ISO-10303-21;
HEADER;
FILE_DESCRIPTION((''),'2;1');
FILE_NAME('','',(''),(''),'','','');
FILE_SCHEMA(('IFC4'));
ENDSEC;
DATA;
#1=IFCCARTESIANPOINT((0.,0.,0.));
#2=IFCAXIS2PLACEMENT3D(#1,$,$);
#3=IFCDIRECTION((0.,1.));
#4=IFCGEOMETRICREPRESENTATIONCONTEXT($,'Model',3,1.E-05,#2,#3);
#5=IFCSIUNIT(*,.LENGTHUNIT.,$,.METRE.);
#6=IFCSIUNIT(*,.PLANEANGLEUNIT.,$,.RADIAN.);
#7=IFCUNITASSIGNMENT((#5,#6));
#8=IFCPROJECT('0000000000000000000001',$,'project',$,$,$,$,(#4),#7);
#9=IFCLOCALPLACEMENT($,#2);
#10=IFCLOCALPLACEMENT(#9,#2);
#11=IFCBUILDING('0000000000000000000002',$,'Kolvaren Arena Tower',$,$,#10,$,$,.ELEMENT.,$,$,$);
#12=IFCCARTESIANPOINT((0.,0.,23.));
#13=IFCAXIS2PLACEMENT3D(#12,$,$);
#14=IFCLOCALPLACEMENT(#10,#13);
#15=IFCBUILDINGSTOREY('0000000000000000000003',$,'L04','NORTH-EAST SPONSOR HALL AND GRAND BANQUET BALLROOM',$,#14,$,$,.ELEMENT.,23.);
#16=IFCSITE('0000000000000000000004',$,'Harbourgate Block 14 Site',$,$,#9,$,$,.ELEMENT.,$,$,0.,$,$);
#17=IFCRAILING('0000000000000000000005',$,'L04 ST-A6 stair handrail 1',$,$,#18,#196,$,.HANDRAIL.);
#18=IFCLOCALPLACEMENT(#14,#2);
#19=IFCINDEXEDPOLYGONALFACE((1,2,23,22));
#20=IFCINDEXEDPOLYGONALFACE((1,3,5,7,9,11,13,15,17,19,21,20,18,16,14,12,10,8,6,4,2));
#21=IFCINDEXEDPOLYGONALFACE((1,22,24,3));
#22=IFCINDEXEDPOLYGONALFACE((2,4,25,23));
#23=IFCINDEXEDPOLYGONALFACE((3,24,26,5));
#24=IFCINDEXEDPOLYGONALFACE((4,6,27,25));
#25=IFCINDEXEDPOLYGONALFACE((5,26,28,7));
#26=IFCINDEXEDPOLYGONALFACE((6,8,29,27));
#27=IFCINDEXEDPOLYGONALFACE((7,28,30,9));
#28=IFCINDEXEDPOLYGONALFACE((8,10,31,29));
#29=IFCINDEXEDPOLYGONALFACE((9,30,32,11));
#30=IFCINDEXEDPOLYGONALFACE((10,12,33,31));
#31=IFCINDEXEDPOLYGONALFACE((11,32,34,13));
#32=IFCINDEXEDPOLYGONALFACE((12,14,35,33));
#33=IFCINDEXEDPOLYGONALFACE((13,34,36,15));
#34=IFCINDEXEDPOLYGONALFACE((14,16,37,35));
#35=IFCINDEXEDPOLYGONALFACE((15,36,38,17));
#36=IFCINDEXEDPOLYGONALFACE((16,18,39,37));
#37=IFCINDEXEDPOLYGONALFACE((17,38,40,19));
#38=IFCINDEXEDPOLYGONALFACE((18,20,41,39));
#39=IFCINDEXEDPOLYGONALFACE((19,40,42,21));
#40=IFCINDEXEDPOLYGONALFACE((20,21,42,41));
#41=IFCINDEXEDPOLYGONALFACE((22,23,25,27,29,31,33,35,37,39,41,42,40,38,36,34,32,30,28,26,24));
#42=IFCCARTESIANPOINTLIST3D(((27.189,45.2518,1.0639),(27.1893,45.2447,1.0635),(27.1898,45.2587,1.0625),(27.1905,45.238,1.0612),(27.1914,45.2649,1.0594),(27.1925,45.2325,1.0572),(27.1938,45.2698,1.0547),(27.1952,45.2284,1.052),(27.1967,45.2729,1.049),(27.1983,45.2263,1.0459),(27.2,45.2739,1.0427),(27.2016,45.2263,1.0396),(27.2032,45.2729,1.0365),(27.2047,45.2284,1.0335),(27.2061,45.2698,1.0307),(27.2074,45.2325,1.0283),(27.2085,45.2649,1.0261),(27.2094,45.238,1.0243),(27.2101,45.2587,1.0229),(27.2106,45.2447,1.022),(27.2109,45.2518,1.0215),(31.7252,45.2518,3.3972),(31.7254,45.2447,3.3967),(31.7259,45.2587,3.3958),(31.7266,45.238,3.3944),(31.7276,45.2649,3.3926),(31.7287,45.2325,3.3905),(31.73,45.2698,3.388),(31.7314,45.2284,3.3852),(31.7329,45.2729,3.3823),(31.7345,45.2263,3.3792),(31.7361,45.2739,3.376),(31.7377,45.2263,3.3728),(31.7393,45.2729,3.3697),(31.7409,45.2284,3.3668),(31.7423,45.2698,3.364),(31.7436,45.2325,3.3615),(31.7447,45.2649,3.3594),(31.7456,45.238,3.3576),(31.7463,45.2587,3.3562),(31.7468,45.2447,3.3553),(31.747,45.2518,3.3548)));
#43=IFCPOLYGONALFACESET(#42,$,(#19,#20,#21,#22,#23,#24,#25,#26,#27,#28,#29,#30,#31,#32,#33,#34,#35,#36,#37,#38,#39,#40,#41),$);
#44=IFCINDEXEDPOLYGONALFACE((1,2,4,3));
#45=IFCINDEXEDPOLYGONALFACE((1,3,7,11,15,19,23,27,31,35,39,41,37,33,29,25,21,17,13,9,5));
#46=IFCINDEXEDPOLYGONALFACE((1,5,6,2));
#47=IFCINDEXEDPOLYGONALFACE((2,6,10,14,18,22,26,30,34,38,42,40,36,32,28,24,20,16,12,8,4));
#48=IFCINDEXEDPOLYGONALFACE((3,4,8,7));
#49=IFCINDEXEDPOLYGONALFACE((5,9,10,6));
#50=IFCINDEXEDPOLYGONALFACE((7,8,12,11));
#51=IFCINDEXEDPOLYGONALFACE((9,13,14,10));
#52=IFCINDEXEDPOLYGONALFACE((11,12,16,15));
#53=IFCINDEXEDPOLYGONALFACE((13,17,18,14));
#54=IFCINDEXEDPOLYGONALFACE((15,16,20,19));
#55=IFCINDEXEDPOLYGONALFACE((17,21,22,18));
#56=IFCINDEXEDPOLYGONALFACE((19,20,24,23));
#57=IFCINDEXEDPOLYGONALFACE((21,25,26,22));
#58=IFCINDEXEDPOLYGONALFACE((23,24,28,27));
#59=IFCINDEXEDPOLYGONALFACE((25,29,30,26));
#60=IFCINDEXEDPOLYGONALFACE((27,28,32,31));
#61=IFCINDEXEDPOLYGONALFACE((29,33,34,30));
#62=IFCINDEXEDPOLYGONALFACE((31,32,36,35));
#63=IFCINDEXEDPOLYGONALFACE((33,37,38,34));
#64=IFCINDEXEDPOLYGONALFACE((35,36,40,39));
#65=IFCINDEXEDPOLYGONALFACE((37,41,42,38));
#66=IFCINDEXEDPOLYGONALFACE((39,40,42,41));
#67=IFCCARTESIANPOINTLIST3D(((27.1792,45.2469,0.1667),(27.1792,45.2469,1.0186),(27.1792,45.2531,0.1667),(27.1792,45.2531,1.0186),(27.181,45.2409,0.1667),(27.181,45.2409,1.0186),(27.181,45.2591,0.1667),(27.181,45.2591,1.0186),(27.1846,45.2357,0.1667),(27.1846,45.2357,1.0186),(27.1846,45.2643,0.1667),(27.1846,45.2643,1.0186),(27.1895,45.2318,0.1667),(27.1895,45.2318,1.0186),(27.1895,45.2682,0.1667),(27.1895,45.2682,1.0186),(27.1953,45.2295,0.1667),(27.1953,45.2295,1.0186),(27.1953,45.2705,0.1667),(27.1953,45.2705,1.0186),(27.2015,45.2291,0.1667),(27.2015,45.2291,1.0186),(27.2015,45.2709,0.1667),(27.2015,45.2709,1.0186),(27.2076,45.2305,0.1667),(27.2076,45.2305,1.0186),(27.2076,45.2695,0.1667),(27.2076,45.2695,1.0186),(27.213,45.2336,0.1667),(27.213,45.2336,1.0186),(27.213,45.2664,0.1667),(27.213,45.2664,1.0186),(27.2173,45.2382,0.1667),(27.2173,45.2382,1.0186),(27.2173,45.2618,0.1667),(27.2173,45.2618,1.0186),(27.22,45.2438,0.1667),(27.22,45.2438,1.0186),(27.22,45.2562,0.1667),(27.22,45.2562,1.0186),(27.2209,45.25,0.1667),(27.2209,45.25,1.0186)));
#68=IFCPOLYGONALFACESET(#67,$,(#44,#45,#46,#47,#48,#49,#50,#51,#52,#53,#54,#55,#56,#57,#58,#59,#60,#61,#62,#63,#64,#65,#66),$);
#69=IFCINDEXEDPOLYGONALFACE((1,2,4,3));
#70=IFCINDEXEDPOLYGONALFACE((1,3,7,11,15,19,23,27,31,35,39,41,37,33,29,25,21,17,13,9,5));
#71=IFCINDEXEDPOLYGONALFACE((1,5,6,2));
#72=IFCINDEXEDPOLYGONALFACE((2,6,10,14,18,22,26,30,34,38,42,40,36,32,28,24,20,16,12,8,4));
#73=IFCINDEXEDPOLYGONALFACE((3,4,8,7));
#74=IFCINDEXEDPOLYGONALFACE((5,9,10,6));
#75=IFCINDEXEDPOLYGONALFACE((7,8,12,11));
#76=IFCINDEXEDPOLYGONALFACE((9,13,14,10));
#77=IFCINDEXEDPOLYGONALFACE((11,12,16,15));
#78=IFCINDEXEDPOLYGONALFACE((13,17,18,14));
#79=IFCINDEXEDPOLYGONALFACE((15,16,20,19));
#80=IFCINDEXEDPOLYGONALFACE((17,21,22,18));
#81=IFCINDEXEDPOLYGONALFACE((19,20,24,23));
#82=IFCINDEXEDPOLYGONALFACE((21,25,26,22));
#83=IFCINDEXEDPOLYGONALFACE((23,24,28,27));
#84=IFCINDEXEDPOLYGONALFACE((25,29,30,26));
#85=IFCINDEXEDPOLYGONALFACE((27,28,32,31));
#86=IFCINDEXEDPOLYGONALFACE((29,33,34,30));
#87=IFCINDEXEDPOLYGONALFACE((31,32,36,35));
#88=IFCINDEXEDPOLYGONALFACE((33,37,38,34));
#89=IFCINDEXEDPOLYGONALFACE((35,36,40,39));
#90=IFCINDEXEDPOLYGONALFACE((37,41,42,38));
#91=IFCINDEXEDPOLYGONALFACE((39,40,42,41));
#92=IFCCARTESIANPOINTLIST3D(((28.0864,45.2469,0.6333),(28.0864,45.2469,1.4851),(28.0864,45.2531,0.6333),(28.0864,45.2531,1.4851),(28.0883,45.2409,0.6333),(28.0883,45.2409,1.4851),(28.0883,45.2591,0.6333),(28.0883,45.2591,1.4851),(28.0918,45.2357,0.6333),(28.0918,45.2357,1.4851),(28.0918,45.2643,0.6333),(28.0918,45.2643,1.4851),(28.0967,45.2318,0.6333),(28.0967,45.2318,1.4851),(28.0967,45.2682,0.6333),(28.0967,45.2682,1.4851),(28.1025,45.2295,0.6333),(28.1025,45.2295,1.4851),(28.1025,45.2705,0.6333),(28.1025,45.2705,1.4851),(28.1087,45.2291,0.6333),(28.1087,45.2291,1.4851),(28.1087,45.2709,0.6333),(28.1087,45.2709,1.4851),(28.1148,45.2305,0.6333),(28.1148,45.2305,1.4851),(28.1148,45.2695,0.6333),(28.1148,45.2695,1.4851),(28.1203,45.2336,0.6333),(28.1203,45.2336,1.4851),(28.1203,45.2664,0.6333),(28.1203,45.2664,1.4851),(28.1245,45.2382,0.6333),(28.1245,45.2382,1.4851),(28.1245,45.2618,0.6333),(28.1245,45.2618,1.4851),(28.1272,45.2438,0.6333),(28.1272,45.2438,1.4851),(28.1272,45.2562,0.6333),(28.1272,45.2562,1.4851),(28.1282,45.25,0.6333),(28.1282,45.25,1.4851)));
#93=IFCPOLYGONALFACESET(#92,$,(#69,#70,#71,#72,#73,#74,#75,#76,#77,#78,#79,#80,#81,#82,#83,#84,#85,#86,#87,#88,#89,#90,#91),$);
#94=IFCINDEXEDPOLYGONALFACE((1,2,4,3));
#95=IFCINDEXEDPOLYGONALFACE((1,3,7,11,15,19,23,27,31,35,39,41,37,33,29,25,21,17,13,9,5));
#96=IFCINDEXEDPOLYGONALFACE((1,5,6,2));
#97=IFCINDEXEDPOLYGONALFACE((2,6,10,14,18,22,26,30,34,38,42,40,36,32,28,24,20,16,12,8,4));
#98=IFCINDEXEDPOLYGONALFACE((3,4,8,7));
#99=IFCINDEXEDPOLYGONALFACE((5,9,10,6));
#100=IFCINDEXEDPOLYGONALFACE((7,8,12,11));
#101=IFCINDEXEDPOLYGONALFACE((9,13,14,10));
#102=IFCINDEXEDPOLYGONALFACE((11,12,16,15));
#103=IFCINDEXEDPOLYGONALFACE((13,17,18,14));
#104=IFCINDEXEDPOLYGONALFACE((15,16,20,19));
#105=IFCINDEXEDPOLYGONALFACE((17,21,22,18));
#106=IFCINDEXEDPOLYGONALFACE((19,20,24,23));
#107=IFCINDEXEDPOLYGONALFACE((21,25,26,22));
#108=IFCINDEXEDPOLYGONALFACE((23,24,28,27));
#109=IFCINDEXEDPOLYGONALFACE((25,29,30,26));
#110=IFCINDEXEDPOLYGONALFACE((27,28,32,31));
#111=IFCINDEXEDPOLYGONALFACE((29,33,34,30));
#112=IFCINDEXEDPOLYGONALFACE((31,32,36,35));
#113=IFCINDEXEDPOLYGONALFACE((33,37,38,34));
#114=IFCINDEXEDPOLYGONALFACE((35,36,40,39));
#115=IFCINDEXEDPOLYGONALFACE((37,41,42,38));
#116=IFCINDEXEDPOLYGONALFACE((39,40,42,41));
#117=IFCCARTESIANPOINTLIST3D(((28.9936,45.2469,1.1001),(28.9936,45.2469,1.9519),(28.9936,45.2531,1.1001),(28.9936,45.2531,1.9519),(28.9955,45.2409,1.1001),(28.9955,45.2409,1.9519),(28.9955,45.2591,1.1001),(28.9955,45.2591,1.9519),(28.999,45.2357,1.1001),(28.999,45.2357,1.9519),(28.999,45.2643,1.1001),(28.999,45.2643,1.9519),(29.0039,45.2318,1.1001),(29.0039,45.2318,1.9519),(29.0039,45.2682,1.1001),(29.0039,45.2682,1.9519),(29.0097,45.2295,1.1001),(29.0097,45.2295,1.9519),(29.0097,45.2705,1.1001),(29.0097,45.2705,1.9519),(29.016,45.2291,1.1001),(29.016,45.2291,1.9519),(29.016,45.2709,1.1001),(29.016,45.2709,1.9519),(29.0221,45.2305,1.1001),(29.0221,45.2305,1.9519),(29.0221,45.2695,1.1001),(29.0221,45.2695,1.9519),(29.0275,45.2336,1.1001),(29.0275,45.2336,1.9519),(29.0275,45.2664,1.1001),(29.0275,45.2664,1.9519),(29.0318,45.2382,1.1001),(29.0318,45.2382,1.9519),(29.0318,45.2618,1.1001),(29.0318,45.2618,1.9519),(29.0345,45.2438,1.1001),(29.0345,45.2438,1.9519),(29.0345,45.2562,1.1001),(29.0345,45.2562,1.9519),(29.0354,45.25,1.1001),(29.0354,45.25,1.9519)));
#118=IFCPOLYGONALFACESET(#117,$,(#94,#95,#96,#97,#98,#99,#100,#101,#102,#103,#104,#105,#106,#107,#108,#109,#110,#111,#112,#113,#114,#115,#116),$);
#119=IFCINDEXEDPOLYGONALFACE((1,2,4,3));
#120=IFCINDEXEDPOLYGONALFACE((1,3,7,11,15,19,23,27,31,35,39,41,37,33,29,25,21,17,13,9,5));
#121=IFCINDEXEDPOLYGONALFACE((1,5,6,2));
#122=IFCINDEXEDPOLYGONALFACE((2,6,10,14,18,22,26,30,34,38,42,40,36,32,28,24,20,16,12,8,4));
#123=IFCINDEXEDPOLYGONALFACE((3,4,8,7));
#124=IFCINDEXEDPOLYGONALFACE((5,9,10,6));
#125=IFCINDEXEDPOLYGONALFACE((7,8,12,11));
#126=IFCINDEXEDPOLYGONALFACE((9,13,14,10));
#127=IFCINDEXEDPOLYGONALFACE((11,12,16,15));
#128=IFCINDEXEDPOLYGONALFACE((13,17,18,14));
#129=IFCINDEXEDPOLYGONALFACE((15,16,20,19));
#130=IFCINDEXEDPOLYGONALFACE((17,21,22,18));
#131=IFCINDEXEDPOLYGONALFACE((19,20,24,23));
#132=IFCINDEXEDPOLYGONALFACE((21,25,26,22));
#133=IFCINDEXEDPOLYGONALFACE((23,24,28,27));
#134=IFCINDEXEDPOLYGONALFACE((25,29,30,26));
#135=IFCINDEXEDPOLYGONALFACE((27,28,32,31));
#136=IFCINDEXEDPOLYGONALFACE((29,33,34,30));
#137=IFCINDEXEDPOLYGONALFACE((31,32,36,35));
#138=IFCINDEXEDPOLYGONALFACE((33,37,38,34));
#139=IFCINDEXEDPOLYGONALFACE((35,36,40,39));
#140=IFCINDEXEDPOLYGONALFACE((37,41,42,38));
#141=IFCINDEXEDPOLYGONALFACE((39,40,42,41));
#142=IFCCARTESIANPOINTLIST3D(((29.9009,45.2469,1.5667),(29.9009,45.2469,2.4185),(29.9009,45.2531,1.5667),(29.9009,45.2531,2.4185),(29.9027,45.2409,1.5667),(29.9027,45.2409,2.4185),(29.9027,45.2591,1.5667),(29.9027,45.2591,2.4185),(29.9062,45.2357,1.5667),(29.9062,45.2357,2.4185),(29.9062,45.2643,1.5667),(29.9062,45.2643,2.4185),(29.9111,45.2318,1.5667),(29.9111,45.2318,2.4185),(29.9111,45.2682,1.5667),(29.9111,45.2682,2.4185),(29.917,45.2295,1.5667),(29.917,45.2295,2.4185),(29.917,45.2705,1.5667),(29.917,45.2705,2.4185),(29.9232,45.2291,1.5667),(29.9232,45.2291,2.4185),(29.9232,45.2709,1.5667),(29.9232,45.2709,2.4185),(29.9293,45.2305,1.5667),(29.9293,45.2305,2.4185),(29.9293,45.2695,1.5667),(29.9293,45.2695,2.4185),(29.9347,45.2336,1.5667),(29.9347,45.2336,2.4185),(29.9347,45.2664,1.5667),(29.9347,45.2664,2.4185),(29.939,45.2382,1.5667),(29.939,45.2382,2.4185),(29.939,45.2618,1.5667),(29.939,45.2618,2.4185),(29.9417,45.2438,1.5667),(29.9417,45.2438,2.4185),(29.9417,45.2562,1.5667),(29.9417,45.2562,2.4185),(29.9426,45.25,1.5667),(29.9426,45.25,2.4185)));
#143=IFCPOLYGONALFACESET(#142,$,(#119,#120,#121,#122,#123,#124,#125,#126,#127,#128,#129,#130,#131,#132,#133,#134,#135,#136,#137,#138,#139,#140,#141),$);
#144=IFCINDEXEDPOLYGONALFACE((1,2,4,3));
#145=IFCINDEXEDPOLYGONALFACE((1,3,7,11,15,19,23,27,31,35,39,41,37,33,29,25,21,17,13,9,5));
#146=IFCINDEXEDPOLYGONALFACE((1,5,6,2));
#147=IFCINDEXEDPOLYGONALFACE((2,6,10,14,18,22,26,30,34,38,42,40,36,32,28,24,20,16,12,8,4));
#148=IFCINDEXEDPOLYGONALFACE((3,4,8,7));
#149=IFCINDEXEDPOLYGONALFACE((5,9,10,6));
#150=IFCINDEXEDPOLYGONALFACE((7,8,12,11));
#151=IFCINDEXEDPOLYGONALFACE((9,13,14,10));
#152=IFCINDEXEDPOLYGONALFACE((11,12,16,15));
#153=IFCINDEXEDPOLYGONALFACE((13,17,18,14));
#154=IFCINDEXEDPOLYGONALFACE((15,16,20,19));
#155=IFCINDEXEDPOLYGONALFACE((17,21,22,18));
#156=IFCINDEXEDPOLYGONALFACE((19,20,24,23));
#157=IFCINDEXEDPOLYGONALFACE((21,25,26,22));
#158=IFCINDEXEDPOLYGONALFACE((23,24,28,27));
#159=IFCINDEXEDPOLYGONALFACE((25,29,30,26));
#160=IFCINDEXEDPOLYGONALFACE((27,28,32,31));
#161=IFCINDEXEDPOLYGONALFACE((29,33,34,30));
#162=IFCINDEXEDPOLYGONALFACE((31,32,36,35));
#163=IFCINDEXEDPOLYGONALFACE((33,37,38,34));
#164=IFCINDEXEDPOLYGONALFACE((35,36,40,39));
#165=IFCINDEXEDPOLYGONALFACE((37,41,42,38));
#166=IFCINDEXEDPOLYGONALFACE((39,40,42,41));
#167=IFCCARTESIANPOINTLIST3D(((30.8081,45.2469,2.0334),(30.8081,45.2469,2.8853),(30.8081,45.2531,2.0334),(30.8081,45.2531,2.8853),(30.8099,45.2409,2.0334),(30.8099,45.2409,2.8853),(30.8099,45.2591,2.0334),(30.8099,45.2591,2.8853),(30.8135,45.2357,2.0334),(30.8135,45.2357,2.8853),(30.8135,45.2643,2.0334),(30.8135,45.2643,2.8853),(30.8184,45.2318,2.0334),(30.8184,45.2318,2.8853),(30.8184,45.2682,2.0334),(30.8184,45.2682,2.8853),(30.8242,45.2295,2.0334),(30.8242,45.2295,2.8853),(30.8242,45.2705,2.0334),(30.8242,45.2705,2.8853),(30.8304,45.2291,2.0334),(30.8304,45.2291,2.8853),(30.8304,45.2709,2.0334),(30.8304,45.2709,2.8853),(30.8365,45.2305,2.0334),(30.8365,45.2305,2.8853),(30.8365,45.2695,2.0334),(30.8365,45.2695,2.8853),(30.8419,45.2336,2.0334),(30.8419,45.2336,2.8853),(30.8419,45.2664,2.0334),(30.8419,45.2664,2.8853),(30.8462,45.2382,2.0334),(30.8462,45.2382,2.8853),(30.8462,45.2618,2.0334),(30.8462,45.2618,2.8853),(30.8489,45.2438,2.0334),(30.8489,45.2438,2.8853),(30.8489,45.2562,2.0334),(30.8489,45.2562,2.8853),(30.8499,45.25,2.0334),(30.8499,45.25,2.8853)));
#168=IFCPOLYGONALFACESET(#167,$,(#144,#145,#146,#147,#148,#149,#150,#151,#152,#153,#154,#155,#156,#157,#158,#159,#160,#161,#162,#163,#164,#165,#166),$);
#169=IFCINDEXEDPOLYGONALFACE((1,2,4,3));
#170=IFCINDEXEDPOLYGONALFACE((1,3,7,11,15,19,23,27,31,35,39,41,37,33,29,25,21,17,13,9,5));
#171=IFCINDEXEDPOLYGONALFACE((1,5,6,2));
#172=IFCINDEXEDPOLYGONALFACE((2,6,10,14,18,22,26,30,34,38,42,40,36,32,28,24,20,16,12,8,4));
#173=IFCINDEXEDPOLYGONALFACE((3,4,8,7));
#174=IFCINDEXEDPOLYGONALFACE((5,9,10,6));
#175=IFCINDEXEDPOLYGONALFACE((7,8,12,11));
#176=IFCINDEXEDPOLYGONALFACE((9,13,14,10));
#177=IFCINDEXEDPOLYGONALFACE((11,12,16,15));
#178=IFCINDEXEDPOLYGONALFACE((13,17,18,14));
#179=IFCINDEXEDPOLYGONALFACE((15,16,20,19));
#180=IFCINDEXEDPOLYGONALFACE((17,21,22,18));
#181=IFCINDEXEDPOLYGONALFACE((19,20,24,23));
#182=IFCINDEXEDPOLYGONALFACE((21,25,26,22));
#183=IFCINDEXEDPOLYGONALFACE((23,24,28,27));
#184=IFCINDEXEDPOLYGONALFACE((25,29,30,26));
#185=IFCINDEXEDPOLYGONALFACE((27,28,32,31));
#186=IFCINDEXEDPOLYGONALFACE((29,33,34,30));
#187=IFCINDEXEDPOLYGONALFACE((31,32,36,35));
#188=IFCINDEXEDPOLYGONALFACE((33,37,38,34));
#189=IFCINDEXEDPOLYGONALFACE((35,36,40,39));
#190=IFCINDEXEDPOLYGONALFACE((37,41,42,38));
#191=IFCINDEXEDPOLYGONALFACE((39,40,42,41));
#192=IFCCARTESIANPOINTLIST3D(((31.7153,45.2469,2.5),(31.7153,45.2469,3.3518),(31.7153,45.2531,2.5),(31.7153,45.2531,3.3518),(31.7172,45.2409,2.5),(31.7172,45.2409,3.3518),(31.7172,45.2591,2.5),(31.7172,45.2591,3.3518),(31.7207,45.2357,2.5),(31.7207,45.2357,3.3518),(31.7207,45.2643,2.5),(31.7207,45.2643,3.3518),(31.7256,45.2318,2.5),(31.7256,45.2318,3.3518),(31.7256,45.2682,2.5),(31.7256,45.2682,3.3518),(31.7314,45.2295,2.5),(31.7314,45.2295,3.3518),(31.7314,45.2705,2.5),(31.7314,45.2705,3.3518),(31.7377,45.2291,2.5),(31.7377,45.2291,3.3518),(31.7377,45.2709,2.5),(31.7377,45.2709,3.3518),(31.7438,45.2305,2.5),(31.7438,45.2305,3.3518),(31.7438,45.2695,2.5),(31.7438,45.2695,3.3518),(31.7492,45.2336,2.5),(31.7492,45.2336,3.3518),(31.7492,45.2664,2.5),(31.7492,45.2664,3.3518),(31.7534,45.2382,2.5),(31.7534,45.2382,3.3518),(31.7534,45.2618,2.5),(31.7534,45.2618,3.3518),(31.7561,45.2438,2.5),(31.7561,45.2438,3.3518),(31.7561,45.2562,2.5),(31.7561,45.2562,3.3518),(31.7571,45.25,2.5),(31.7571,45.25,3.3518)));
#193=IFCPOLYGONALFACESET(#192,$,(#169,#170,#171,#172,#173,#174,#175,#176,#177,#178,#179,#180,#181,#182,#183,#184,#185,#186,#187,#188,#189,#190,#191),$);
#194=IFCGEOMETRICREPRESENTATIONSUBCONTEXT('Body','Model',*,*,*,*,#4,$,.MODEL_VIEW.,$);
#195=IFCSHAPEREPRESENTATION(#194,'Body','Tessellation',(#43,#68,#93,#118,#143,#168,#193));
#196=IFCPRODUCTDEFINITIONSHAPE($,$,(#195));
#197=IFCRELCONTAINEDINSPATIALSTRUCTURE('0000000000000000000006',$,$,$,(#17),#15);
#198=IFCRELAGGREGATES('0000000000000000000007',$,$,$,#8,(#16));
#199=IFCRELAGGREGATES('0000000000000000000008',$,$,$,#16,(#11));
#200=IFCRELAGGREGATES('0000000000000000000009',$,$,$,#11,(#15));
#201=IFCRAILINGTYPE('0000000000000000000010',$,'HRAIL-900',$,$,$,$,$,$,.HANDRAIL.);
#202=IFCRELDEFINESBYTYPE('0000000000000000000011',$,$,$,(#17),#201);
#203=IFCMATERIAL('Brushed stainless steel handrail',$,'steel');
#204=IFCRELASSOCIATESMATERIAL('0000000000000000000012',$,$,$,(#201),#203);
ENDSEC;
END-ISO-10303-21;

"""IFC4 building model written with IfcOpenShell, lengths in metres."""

from ifc_helpers import new_model, si_unit, direction, frame, origin, origin_2d, place, context, subcontext, project, spatial, circle, extrude, material, type_object, element, save


model = new_model("IFC4")

# Units and contexts
model_context = context("Model", 3, precision=1e-05, world=origin(), true_north=direction((0.0, 1.0)))
body_context = subcontext(model_context, "Body", "Model", "MODEL_VIEW")
ifc_project = project(units=[si_unit("LENGTHUNIT", "METRE"), si_unit("PLANEANGLEUNIT", "RADIAN")], contexts=[model_context])

# Site, building, storey
site_placement = place(None, origin())
site = spatial("IfcSite", under=ifc_project, at=site_placement, Name="Harbourgate Block 14 Site", CompositionType="ELEMENT", RefElevation=0.0)
building_placement = place(site_placement, origin())
building = spatial("IfcBuilding", under=site, at=building_placement, Name="Kolvaren Arena Tower", CompositionType="ELEMENT")
storey_placement = place(building_placement, frame((0.0, 0.0, 23.0)))
storey = spatial("IfcBuildingStorey", under=building, at=storey_placement, Name="L04", Description="NORTH-EAST SPONSOR HALL AND GRAND BANQUET BALLROOM", CompositionType="ELEMENT", Elevation=23.0)

# Railing
ifc_material_1 = material(Name="Brushed stainless steel handrail", Category="steel")
railing_type_1 = type_object("IfcRailingType", Name="HRAIL-900", PredefinedType="HANDRAIL", material=ifc_material_1)
railing_1_placement = place(storey_placement, frame((27.2, 45.25, 0.1667)))
element("IfcRailing", 1, at=railing_1_placement, inside=storey, type_object=railing_type_1, Name="L04 ST-A6 stair handrail 1", PredefinedType="HANDRAIL", context=body_context, shape_type="SweptSolid", body=[
    extrude(circle(Radius=0.0239, at=origin_2d()), frame((0.0, 0.0, 0.876), z_axis=(0.889257, 0.0, 0.457407), x_axis=(0.0, 1.0, 0.0)), (0.0, 0.0, 1.0), 5.1011),
    extrude(circle(Radius=0.021, at=origin_2d()), origin(), (0.0, 0.0, 1.0), 0.8518),
    extrude(circle(Radius=0.021, at=origin_2d()), frame((0.9072, 0.0, 0.4666)), (0.0, 0.0, 1.0), 0.8518),
    extrude(circle(Radius=0.021, at=origin_2d()), frame((1.8145, 0.0, 0.9333)), (0.0, 0.0, 1.0), 0.8518),
    extrude(circle(Radius=0.021, at=origin_2d()), frame((2.7217, 0.0, 1.3999)), (0.0, 0.0, 1.0), 0.8518),
    extrude(circle(Radius=0.021, at=origin_2d()), frame((3.6289, 0.0, 1.8667)), (0.0, 0.0, 1.0), 0.8518),
    extrude(circle(Radius=0.021, at=origin_2d()), frame((4.5361, 0.0, 2.3333)), (0.0, 0.0, 1.0), 0.8518),
])

save(model, "model.ifc")
